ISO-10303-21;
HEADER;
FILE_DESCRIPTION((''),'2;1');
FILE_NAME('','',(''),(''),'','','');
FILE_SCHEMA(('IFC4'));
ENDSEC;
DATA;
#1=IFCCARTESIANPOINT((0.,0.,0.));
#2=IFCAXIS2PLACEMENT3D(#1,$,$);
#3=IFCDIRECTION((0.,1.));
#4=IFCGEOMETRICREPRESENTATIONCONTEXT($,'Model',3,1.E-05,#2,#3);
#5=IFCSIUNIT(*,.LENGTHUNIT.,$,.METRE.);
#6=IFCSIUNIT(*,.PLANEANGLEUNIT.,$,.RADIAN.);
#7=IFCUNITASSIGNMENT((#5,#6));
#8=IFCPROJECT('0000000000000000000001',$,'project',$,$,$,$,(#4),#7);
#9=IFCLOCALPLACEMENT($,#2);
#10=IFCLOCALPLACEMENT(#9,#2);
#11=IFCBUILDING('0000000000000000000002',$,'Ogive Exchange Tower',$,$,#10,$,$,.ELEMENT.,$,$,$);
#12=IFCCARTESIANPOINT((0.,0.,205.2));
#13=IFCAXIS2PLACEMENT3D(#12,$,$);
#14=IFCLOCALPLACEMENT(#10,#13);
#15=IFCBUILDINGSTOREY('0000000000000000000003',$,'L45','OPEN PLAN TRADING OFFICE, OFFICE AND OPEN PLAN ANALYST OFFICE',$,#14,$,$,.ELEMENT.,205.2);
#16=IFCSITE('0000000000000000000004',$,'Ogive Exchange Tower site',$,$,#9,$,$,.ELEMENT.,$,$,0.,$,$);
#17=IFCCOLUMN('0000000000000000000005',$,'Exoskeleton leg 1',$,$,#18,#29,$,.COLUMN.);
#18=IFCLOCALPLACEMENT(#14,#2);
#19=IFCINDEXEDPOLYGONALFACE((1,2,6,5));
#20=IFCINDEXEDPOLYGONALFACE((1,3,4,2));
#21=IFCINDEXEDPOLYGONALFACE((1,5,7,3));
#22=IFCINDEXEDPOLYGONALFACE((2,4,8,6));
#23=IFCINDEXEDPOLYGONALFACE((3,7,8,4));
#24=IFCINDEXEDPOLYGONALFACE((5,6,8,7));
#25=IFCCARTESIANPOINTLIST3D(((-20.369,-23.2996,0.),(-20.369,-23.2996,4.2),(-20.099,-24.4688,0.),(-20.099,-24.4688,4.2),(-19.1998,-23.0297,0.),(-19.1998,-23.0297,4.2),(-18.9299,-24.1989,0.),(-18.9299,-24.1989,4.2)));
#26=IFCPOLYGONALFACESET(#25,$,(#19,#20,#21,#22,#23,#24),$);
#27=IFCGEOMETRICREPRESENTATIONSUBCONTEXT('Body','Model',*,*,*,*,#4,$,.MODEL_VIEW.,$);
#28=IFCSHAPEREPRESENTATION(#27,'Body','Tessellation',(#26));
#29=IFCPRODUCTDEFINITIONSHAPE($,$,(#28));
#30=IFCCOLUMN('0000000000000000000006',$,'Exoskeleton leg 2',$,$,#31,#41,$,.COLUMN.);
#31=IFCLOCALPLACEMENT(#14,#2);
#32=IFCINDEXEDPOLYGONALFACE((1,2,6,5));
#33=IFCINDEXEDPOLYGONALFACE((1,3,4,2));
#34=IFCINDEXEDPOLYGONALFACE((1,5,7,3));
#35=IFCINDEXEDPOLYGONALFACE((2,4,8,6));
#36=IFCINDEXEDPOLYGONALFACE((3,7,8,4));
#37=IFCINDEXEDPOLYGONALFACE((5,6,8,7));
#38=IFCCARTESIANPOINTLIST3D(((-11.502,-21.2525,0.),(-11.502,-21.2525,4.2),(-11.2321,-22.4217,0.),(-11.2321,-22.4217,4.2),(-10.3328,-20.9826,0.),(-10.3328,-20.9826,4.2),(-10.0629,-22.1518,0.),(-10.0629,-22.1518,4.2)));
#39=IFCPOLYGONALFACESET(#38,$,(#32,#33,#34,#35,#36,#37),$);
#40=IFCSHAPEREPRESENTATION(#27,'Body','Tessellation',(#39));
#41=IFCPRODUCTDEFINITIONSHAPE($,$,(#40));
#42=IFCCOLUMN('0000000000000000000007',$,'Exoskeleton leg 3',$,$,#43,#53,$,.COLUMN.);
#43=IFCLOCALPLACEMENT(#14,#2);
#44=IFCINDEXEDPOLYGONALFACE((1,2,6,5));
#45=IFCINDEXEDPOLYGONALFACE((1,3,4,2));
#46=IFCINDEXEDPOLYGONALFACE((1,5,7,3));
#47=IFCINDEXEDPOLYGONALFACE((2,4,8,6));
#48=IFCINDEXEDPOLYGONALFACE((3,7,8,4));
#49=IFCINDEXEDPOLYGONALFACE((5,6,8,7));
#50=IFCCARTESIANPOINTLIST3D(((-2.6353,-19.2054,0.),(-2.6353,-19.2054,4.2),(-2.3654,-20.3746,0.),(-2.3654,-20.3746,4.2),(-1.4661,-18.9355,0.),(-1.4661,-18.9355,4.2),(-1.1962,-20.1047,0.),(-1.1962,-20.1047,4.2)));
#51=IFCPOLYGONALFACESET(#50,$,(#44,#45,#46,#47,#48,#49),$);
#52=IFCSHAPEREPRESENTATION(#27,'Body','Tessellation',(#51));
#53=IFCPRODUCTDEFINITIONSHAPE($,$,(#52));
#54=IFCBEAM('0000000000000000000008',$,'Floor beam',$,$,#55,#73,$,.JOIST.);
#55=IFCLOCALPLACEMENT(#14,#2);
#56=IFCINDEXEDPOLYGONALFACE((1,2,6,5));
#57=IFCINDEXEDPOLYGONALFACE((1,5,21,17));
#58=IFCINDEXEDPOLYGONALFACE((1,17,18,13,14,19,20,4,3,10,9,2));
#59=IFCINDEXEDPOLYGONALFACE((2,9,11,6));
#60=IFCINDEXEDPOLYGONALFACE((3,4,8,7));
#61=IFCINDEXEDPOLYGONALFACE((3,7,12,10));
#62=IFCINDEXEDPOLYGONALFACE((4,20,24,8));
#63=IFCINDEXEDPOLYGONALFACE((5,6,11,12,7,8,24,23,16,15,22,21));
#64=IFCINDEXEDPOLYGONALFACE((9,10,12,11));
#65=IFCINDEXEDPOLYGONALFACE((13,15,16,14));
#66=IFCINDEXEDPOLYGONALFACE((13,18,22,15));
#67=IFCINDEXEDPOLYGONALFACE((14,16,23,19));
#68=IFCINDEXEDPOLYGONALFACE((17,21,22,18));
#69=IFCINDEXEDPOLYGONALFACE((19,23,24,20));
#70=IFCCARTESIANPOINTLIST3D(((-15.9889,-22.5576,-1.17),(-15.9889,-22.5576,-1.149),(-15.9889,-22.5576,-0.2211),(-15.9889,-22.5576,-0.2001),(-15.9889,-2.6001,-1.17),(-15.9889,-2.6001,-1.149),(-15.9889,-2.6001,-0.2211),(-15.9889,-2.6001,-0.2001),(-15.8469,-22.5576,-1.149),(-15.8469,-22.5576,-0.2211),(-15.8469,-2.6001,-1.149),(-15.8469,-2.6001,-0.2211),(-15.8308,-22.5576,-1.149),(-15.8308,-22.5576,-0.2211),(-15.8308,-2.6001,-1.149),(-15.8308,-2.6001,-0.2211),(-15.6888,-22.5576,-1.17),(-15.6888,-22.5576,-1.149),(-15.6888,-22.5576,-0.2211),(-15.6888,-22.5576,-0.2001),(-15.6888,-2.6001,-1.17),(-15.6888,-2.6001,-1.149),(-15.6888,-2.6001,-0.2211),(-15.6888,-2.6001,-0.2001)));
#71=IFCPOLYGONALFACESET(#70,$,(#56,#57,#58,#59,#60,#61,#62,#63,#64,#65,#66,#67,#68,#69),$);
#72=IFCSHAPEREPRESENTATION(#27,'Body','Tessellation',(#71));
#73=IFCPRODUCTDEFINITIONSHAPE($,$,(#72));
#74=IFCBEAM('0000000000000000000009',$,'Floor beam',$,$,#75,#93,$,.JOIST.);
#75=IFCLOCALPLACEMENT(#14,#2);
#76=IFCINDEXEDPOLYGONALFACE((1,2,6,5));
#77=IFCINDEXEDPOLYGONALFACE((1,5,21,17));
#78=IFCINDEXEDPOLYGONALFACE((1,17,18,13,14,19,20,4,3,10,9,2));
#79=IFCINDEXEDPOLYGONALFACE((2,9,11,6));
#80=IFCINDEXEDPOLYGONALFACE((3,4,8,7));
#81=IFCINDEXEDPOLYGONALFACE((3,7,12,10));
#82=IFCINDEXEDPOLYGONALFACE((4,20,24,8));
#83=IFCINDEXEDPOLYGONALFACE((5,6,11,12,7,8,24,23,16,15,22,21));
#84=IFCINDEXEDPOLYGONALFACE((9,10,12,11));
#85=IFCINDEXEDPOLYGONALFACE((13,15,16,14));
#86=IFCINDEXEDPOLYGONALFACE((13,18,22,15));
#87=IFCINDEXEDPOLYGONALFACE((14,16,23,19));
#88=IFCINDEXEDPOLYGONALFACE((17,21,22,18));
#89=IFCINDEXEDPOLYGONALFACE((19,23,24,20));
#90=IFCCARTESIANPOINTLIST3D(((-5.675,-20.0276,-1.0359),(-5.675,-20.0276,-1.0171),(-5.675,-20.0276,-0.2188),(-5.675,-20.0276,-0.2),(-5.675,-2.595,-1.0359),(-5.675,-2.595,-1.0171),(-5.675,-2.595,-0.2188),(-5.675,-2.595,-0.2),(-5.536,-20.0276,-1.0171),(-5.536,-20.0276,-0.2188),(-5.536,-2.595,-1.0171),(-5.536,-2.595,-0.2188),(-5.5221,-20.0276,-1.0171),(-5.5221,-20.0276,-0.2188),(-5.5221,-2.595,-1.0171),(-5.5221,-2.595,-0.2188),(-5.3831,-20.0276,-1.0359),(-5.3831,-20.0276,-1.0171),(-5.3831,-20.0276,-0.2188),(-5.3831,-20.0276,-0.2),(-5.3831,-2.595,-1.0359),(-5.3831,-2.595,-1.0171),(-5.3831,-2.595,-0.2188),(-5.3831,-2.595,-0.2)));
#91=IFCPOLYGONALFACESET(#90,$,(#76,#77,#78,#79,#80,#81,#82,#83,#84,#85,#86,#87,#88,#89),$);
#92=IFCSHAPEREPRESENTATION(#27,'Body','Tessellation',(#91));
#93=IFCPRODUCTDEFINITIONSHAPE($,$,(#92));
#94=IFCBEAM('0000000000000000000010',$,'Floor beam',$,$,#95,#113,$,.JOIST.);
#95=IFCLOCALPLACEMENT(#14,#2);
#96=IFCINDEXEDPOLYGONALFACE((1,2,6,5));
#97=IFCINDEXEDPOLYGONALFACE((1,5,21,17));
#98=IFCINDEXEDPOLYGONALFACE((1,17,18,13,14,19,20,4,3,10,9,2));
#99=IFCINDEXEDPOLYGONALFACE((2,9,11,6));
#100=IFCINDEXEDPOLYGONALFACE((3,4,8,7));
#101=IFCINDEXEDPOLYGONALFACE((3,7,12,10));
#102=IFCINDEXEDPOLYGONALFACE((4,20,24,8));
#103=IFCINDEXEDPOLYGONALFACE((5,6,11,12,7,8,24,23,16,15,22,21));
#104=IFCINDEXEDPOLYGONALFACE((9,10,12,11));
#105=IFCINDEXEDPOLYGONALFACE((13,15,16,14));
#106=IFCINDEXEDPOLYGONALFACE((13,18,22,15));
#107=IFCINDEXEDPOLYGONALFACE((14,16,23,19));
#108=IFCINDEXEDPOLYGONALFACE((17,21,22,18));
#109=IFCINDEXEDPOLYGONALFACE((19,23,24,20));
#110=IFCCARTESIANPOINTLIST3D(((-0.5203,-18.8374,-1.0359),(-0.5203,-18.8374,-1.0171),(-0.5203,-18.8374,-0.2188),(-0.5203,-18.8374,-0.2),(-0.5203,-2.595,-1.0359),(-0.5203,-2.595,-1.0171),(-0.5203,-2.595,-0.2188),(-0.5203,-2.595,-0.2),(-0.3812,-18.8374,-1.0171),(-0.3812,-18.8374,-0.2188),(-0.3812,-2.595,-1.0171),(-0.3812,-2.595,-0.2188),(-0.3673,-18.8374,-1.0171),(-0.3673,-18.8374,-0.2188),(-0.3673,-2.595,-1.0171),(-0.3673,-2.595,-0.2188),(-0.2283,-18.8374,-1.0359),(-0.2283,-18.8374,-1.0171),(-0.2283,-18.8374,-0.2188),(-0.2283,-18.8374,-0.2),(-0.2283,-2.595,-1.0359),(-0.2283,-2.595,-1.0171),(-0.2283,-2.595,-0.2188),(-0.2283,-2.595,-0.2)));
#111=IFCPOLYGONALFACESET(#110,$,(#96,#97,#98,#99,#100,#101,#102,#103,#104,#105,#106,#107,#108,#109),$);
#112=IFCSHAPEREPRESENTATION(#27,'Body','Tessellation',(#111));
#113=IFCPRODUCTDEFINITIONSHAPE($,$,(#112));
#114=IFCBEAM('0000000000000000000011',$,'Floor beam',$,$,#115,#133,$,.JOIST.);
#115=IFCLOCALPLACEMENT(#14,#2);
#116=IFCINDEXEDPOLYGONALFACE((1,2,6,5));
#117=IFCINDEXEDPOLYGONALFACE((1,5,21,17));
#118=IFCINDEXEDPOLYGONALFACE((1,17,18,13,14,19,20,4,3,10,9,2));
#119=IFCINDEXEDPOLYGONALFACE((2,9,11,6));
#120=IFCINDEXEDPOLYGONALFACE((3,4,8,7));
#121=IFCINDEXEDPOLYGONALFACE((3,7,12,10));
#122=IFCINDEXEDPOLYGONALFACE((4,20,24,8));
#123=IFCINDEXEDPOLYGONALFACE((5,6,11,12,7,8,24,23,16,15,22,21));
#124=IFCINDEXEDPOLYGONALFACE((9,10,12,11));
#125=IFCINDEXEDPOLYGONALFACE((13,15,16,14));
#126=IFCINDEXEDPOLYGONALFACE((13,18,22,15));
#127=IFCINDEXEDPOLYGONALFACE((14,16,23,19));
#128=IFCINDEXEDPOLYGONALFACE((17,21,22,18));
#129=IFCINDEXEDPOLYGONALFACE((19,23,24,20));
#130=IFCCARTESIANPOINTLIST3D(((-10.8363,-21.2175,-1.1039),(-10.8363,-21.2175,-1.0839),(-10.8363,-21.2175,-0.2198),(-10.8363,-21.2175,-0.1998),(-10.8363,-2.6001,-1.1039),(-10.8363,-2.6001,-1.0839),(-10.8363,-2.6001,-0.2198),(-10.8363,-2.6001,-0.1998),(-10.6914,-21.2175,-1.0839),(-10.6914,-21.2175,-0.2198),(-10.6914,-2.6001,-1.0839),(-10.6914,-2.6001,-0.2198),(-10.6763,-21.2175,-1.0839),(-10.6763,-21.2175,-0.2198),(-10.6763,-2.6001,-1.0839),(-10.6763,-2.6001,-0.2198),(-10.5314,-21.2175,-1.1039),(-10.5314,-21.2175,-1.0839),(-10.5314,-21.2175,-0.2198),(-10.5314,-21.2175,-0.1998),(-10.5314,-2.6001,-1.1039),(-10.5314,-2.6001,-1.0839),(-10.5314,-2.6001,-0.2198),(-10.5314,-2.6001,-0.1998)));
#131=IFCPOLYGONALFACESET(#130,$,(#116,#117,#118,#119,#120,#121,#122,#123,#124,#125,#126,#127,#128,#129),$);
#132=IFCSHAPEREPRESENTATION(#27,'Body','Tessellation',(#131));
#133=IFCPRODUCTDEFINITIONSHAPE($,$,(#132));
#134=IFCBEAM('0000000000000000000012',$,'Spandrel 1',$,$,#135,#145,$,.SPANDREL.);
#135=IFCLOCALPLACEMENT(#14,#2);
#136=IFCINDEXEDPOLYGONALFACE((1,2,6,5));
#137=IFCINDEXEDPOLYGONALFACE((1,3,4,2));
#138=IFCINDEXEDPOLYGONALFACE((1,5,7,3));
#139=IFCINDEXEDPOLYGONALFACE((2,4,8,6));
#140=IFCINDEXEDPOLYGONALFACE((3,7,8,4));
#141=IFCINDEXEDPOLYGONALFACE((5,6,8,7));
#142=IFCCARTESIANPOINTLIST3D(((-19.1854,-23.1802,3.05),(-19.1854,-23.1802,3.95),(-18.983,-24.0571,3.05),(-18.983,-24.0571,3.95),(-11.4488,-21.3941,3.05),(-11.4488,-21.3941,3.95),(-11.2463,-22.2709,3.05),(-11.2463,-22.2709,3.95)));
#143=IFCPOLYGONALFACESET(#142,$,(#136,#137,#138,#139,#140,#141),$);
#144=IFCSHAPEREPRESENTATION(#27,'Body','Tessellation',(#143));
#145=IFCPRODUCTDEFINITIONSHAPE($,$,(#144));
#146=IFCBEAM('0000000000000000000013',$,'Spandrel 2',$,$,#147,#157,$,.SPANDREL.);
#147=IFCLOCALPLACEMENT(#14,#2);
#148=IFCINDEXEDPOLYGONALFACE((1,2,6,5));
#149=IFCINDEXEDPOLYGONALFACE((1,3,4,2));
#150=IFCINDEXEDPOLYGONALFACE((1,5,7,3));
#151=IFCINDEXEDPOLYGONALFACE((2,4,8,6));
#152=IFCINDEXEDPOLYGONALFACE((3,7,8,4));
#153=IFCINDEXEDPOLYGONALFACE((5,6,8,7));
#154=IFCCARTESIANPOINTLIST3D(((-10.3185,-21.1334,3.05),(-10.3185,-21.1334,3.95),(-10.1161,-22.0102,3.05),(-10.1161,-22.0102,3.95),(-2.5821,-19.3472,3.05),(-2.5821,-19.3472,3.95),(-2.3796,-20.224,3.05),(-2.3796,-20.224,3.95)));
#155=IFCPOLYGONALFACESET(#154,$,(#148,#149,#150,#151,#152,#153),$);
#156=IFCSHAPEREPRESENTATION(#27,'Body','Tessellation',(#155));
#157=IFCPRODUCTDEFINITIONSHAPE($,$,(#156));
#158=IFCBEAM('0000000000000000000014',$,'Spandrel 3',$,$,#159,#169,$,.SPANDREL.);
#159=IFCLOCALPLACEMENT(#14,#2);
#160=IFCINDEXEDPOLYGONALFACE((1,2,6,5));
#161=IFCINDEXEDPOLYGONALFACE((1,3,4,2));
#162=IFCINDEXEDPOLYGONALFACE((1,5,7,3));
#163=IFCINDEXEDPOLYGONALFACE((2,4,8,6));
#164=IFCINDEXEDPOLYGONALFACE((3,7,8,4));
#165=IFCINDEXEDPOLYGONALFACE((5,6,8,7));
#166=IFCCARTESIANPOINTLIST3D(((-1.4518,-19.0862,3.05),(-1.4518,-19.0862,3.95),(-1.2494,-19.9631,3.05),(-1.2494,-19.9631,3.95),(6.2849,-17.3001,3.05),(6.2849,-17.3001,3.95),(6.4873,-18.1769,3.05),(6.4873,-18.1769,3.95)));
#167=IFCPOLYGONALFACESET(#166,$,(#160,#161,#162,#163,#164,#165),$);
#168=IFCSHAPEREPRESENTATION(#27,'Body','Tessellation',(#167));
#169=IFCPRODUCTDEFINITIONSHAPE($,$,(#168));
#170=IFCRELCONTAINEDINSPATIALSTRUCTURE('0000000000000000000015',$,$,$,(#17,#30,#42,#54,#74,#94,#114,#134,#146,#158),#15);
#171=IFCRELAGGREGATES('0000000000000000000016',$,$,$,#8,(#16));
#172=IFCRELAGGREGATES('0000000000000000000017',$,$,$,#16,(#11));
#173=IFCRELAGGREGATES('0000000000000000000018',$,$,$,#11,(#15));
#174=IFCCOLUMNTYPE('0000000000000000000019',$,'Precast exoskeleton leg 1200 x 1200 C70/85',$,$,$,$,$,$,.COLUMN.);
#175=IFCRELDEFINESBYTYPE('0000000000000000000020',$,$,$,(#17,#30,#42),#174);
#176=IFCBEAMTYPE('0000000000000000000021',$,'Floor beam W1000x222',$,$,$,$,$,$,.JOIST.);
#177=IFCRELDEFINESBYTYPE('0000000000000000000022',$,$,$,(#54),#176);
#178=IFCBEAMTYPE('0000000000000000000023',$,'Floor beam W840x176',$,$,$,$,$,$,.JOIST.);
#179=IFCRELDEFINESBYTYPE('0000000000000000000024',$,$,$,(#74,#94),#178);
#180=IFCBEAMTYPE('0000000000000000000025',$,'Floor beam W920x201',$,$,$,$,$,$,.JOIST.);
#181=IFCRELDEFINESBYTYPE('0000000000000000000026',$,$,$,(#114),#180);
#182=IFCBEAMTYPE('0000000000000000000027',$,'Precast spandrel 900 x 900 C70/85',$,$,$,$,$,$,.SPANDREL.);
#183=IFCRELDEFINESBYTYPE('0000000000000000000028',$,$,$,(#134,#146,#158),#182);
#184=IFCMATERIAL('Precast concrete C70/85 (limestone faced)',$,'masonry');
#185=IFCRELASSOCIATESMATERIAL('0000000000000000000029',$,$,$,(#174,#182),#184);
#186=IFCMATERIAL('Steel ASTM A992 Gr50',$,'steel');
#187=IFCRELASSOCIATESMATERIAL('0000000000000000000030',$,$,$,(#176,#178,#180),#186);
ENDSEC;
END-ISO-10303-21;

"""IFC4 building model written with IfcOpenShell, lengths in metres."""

from ifc_helpers import new_model, si_unit, direction, frame, origin, origin_2d, place, context, subcontext, project, spatial, rectangle, i_section, extrude, material, material_profile, profile_set, type_object, element, save


model = new_model("IFC4")

# Units and contexts
model_context = context("Model", 3, precision=1e-05, world=origin(), true_north=direction((0.0, 1.0)))
body_context = subcontext(model_context, "Body", "Model", "MODEL_VIEW")
ifc_project = project(units=[si_unit("LENGTHUNIT", "METRE"), si_unit("PLANEANGLEUNIT", "RADIAN")], contexts=[model_context])

# Site, building, storey
site_placement = place(None, origin())
site = spatial("IfcSite", under=ifc_project, at=site_placement, Name="Ogive Exchange Tower site", CompositionType="ELEMENT", RefElevation=0.0)
building_placement = place(site_placement, origin())
building = spatial("IfcBuilding", under=site, at=building_placement, Name="Ogive Exchange Tower", CompositionType="ELEMENT")
storey_placement = place(building_placement, frame((0.0, 0.0, 205.2)))
storey = spatial("IfcBuildingStorey", under=building, at=storey_placement, Name="L45", Description="OPEN PLAN TRADING OFFICE, OFFICE AND OPEN PLAN ANALYST OFFICE", CompositionType="ELEMENT", Elevation=205.2)

# Columns
ifc_material_1 = material(Name="Precast concrete C70/85 (limestone faced)", Category="masonry")
ifc_material_profile_1 = material_profile(ifc_material_1, rectangle(XDim=1.2, YDim=1.2, at=origin_2d()), Name="1200 x 1200")
ifc_profile_set_1 = profile_set([ifc_material_profile_1], Name="Precast concrete C70/85 (limestone faced)")
column_type = type_object("IfcColumnType", Name="Precast exoskeleton leg 1200 x 1200 C70/85", PredefinedType="COLUMN", material=ifc_profile_set_1)
for number, where, z_axis, x_axis, name in (
    (1, (-19.6494, -23.7493, 0.0), (0.0, 0.0, 1.0), (0.97437, 0.224951, 0.0), "Exoskeleton leg 1"),
    (2, (-10.7825, -21.7021, 0.0), (0.0, 0.0, 1.0), (0.97437, 0.224951, 0.0), "Exoskeleton leg 2"),
    (3, (-1.9158, -19.655, 0.0), (0.0, 0.0, 1.0), (0.97437, 0.224951, 0.0), "Exoskeleton leg 3"),
):
    element("IfcColumn", number, at=place(storey_placement, frame(where, z_axis=z_axis, x_axis=x_axis)), inside=storey, type_object=column_type, Name=name, PredefinedType="COLUMN", context=body_context, shape_type="SweptSolid", body=[
        extrude(rectangle(XDim=1.2, YDim=1.2, at=origin_2d()), origin(), (0.0, 0.0, 1.0), 4.2),
    ])

# Beams
ifc_material_2 = material(Name="Steel ASTM A992 Gr50", Category="steel")
ifc_material_profile_2 = material_profile(ifc_material_2, i_section(OverallWidth=0.3, OverallDepth=0.97, WebThickness=0.0161, FlangeThickness=0.021, at=origin_2d()), Name="W1000x222")
ifc_profile_set_2 = profile_set([ifc_material_profile_2], Name="Steel ASTM A992 Gr50")
beam_type_1 = type_object("IfcBeamType", Name="Floor beam W1000x222", PredefinedType="JOIST", material=ifc_profile_set_2)
beam_1_placement = place(storey_placement, frame((-15.8389, -22.5576, -0.6851), z_axis=(0.0, 1.0, 0.0), x_axis=(-1.0, 0.0, 0.0)))
element("IfcBeam", 4, at=beam_1_placement, inside=storey, type_object=beam_type_1, Name="Floor beam", PredefinedType="JOIST", context=body_context, shape_type="SweptSolid", body=[
    extrude(i_section(OverallWidth=0.3, OverallDepth=0.97, WebThickness=0.0161, FlangeThickness=0.021, at=origin_2d()), origin(), (0.0, 0.0, 1.0), 19.9575),
])
ifc_material_profile_3 = material_profile(ifc_material_2, i_section(OverallWidth=0.292, OverallDepth=0.8359, WebThickness=0.0139, FlangeThickness=0.0188, at=origin_2d()), Name="W840x176")
ifc_profile_set_3 = profile_set([ifc_material_profile_3], Name="Steel ASTM A992 Gr50")
beam_type_2 = type_object("IfcBeamType", Name="Floor beam W840x176", PredefinedType="JOIST", material=ifc_profile_set_3)
beam_2_placement = place(storey_placement, frame((-5.5291, -20.0276, -0.6179), z_axis=(0.0, 1.0, 0.0), x_axis=(-1.0, 0.0, 0.0)))
element("IfcBeam", 5, at=beam_2_placement, inside=storey, type_object=beam_type_2, Name="Floor beam", PredefinedType="JOIST", context=body_context, shape_type="SweptSolid", body=[
    extrude(i_section(OverallWidth=0.292, OverallDepth=0.8359, WebThickness=0.0139, FlangeThickness=0.0188, at=origin_2d()), origin(), (0.0, 0.0, 1.0), 17.4326),
])
beam_3_placement = place(storey_placement, frame((-0.3743, -18.8374, -0.6179), z_axis=(0.0, 1.0, 0.0), x_axis=(-1.0, 0.0, 0.0)))
element("IfcBeam", 6, at=beam_3_placement, inside=storey, type_object=beam_type_2, Name="Floor beam", PredefinedType="JOIST", context=body_context, shape_type="SweptSolid", body=[
    extrude(i_section(OverallWidth=0.292, OverallDepth=0.8359, WebThickness=0.0139, FlangeThickness=0.0188, at=origin_2d()), origin(), (0.0, 0.0, 1.0), 16.2424),
])
ifc_material_profile_4 = material_profile(ifc_material_2, i_section(OverallWidth=0.3049, OverallDepth=0.9041, WebThickness=0.0151, FlangeThickness=0.02, at=origin_2d()), Name="W920x201")
ifc_profile_set_4 = profile_set([ifc_material_profile_4], Name="Steel ASTM A992 Gr50")
beam_type_3 = type_object("IfcBeamType", Name="Floor beam W920x201", PredefinedType="JOIST", material=ifc_profile_set_4)
beam_4_placement = place(storey_placement, frame((-10.6838, -21.2175, -0.6519), z_axis=(0.0, 1.0, 0.0), x_axis=(-1.0, 0.0, 0.0)))
element("IfcBeam", 7, at=beam_4_placement, inside=storey, type_object=beam_type_3, Name="Floor beam", PredefinedType="JOIST", context=body_context, shape_type="SweptSolid", body=[
    extrude(i_section(OverallWidth=0.3049, OverallDepth=0.9041, WebThickness=0.0151, FlangeThickness=0.02, at=origin_2d()), origin(), (0.0, 0.0, 1.0), 18.6174),
])
ifc_material_profile_5 = material_profile(ifc_material_1, rectangle(XDim=0.8999, YDim=0.8999, at=origin_2d()), Name="900 x 900")
ifc_profile_set_5 = profile_set([ifc_material_profile_5], Name="Precast concrete C70/85 (limestone faced)")
beam_type_4 = type_object("IfcBeamType", Name="Precast spandrel 900 x 900 C70/85", PredefinedType="SPANDREL", material=ifc_profile_set_5)
beam_5_placement = place(storey_placement, frame((-19.0842, -23.6187, 3.5), z_axis=(0.97437, 0.224952, 0.0), x_axis=(-0.224952, 0.97437, 0.0)))
element("IfcBeam", 8, at=beam_5_placement, inside=storey, type_object=beam_type_4, Name="Spandrel 1", PredefinedType="SPANDREL", context=body_context, shape_type="SweptSolid", body=[
    extrude(rectangle(XDim=0.8999, YDim=0.8999, at=origin_2d()), origin(), (0.0, 0.0, 1.0), 7.9402),
])
beam_6_placement = place(storey_placement, frame((-10.2173, -21.5718, 3.5), z_axis=(0.974368, 0.224958, 0.0), x_axis=(-0.224958, 0.974368, 0.0)))
element("IfcBeam", 9, at=beam_6_placement, inside=storey, type_object=beam_type_4, Name="Spandrel 2", PredefinedType="SPANDREL", context=body_context, shape_type="SweptSolid", body=[
    extrude(rectangle(XDim=0.8999, YDim=0.8999, at=origin_2d()), origin(), (0.0, 0.0, 1.0), 7.9399),
])
beam_7_placement = place(storey_placement, frame((-1.3506, -19.5247, 3.5), z_axis=(0.97437, 0.224952, 0.0), x_axis=(-0.224952, 0.97437, 0.0)))
element("IfcBeam", 10, at=beam_7_placement, inside=storey, type_object=beam_type_4, Name="Spandrel 3", PredefinedType="SPANDREL", context=body_context, shape_type="SweptSolid", body=[
    extrude(rectangle(XDim=0.8999, YDim=0.8999, at=origin_2d()), origin(), (0.0, 0.0, 1.0), 7.9402),
])

save(model, "model.ifc")
